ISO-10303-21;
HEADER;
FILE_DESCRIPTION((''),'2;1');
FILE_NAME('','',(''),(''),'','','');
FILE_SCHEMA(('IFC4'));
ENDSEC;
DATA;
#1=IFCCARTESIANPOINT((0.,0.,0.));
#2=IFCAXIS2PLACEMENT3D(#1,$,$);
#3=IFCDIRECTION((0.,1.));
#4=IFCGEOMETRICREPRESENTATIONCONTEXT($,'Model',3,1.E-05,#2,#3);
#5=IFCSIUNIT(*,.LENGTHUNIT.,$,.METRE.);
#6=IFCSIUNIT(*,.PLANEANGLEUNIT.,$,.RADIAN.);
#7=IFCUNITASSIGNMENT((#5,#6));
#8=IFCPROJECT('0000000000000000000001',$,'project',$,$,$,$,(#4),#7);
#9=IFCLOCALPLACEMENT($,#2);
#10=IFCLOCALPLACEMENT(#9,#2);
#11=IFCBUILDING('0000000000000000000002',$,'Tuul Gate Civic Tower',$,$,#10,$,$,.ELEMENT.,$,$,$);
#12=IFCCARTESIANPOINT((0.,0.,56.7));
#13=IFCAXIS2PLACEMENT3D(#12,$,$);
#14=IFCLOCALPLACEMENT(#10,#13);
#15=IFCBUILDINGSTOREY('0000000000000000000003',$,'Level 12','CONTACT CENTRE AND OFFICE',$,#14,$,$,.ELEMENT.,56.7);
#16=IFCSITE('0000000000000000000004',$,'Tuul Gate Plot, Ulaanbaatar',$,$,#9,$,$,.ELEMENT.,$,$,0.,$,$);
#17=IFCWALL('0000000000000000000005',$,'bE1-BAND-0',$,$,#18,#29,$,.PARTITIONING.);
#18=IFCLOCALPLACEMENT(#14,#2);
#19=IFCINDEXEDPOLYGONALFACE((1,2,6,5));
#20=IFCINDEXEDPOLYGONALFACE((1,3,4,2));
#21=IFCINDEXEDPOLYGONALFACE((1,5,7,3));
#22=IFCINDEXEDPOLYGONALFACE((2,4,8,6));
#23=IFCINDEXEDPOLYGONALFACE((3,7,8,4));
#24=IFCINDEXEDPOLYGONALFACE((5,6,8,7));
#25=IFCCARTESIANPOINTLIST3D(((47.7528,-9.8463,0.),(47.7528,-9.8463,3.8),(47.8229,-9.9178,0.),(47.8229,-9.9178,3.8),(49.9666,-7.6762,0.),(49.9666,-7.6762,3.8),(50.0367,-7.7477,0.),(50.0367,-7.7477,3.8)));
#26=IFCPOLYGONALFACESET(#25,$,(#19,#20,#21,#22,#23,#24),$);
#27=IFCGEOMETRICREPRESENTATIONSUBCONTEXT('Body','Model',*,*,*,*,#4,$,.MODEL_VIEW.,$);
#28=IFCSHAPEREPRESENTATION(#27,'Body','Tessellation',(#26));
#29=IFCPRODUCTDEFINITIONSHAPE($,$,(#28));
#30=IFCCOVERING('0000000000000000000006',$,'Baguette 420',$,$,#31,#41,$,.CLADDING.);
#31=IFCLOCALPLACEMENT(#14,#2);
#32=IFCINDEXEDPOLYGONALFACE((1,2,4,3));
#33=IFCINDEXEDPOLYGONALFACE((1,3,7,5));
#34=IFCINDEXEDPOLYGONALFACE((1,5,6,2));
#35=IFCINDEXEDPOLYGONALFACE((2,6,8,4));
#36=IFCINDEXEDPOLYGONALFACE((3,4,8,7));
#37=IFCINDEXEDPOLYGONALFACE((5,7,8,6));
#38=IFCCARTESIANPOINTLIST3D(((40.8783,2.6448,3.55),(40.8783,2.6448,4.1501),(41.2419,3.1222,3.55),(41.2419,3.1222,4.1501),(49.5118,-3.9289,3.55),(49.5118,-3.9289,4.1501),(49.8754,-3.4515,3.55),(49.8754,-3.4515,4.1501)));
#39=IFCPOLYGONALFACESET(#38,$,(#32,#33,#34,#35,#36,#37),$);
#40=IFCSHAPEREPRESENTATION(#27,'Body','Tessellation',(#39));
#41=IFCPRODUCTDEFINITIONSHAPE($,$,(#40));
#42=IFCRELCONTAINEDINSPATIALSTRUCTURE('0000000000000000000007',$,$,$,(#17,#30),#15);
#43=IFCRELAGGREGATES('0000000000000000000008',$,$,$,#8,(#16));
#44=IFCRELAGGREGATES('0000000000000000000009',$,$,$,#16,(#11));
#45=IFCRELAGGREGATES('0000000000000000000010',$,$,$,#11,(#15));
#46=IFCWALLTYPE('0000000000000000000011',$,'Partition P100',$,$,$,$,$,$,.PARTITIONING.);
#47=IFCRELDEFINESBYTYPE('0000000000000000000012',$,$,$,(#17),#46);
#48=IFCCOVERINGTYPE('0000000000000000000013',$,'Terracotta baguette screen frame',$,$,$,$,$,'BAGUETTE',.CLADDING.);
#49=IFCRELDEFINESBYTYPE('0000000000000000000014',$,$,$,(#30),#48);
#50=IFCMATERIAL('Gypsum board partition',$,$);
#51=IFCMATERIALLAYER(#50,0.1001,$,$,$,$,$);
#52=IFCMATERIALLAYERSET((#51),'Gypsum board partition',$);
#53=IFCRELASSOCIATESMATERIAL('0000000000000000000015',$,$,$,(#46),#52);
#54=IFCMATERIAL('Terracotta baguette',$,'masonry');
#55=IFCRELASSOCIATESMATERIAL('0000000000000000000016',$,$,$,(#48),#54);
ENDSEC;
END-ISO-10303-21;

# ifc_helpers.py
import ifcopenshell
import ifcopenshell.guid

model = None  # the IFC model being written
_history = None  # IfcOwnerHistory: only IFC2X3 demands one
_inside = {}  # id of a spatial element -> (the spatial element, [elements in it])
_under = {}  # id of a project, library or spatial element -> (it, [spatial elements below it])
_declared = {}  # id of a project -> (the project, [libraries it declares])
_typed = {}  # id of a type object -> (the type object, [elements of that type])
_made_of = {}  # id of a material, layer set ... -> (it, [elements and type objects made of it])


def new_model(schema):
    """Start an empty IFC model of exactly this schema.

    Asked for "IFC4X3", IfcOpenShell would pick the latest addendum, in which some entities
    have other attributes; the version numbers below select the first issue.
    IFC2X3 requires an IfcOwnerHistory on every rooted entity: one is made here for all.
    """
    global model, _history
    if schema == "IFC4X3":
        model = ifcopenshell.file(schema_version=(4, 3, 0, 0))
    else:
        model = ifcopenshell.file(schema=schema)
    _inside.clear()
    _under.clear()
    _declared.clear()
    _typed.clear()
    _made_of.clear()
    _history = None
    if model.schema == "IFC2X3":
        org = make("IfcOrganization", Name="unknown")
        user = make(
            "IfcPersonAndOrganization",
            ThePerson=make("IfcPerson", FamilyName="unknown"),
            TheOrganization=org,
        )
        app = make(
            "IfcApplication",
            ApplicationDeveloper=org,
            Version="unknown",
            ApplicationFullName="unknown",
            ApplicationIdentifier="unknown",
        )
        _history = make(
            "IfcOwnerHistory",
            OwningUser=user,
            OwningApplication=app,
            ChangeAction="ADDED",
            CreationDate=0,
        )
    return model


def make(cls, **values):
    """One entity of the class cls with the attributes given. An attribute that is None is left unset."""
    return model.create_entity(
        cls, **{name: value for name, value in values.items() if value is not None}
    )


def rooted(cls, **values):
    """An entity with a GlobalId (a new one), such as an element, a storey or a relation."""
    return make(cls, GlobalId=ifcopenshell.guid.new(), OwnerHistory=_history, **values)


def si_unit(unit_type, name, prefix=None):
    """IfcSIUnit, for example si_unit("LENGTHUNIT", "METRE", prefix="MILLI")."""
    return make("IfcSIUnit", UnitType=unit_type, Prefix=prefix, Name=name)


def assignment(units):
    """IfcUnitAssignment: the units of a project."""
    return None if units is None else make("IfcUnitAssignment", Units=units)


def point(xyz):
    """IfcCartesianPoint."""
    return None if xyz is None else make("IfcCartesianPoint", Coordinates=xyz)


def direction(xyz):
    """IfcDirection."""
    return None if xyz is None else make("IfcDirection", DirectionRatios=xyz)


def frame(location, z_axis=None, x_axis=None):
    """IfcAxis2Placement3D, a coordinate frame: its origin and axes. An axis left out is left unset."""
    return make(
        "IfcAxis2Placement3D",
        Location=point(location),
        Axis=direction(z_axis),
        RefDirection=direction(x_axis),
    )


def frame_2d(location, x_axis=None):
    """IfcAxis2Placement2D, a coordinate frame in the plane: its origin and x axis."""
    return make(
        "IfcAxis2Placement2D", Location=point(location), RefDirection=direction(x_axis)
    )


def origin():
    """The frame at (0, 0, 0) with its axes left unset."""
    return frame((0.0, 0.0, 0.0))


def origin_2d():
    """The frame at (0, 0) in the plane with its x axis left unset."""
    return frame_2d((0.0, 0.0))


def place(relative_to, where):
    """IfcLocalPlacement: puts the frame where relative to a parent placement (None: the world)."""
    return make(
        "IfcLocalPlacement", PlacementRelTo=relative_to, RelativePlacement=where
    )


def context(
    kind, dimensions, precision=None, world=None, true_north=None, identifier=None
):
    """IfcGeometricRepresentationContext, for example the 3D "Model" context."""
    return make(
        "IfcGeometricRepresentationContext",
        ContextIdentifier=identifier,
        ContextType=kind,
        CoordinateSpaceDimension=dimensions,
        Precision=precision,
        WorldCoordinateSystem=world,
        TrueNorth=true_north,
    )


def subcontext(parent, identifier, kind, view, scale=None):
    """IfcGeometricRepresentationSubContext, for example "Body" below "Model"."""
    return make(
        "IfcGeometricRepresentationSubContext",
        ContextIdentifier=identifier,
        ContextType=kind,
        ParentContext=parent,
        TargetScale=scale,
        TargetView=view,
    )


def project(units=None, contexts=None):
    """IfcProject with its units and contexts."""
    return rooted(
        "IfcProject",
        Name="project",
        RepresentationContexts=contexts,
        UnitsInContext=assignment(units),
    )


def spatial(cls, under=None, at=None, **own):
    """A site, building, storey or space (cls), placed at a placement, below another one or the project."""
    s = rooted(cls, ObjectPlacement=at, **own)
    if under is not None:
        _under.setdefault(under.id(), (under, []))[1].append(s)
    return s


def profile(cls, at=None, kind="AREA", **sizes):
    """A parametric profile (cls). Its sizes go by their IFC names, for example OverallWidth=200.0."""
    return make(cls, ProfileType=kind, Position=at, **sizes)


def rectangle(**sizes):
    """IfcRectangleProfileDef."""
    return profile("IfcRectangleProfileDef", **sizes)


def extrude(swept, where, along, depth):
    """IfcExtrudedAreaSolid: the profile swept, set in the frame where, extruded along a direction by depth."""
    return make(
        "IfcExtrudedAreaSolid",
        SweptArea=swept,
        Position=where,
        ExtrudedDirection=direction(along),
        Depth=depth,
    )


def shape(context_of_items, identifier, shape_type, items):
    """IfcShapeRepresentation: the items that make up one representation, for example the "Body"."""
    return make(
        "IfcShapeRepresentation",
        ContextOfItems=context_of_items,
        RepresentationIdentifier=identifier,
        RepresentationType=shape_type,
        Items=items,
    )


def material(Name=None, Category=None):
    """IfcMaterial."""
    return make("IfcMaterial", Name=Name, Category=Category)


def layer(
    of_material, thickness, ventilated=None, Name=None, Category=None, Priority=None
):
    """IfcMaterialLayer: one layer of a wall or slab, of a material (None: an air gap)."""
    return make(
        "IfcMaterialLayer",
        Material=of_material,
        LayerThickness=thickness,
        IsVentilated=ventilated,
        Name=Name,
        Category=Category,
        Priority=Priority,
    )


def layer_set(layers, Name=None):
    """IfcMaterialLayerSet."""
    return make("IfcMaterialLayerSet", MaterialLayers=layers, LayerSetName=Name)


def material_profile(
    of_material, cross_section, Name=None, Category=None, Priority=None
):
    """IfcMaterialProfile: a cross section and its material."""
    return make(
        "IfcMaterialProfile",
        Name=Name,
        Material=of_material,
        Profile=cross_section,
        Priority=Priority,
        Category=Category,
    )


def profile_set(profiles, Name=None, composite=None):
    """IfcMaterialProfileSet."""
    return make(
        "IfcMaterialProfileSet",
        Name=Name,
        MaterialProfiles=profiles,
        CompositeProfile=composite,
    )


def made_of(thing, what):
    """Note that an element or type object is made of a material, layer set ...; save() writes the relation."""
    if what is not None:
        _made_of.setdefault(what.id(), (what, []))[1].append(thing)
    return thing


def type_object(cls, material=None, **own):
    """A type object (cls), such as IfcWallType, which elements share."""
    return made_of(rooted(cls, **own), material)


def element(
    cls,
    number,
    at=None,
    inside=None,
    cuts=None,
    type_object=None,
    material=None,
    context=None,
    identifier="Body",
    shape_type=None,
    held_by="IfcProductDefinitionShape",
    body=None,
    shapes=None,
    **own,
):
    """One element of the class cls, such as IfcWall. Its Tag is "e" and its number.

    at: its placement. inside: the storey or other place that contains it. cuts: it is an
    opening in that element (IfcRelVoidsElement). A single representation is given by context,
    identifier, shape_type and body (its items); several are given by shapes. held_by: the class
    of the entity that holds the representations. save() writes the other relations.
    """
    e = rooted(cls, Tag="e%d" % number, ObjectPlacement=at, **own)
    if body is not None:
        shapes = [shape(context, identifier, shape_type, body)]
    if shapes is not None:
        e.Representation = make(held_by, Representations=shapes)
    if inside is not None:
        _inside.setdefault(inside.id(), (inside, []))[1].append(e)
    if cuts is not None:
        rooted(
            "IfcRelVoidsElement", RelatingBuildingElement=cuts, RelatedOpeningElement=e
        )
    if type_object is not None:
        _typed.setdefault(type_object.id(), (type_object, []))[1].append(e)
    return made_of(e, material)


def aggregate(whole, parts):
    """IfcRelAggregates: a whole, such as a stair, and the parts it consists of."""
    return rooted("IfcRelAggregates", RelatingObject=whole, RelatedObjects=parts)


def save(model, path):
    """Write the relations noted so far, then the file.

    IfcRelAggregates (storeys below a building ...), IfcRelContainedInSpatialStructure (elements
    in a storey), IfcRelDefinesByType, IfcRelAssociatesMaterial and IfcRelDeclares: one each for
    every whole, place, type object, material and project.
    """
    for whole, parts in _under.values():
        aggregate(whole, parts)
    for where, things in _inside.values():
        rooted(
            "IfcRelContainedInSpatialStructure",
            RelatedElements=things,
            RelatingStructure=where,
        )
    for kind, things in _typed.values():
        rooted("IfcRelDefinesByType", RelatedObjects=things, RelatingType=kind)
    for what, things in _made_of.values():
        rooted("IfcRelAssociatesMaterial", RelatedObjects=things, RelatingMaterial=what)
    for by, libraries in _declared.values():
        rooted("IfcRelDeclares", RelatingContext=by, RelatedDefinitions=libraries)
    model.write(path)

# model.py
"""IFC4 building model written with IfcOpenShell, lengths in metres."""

from ifc_helpers import new_model, si_unit, direction, frame, frame_2d, origin, origin_2d, place, context, subcontext, project, spatial, rectangle, extrude, material, layer, layer_set, material_profile, profile_set, type_object, element, save


model = new_model("IFC4")

# Units and contexts
model_context = context("Model", 3, precision=1e-05, world=origin(), true_north=direction((0.0, 1.0)))
body_context = subcontext(model_context, "Body", "Model", "MODEL_VIEW")
ifc_project = project(units=[si_unit("LENGTHUNIT", "METRE"), si_unit("PLANEANGLEUNIT", "RADIAN")], contexts=[model_context])

# Site, building, storey
site_placement = place(None, origin())
site = spatial("IfcSite", under=ifc_project, at=site_placement, Name="Tuul Gate Plot, Ulaanbaatar", CompositionType="ELEMENT", RefElevation=0.0)
building_placement = place(site_placement, origin())
building = spatial("IfcBuilding", under=site, at=building_placement, Name="Tuul Gate Civic Tower", CompositionType="ELEMENT")
storey_placement = place(building_placement, frame((0.0, 0.0, 56.7)))
storey = spatial("IfcBuildingStorey", under=building, at=storey_placement, Name="Level 12", Description="CONTACT CENTRE AND OFFICE", CompositionType="ELEMENT", Elevation=56.7)

# Wall
ifc_material_1 = material(Name="Gypsum board partition")
ifc_layer_1 = layer(ifc_material_1, 0.1001)
ifc_layer_set_1 = layer_set([ifc_layer_1], Name="Gypsum board partition")
wall_type_1 = type_object("IfcWallType", Name="Partition P100", PredefinedType="PARTITIONING", material=ifc_layer_set_1)
wall_1_placement = place(storey_placement, frame((47.7878, -9.8821, 0.0), z_axis=(0.0, 0.0, 1.0), x_axis=(0.71412, 0.700023, 0.0)))
element("IfcWall", 1, at=wall_1_placement, inside=storey, type_object=wall_type_1, Name="bE1-BAND-0", PredefinedType="PARTITIONING", context=body_context, shape_type="SweptSolid", body=[
    extrude(rectangle(XDim=3.1001, YDim=0.1001, at=frame_2d((1.55, 0.0))), origin(), (0.0, 0.0, 1.0), 3.8),
])

# Covering
ifc_material_2 = material(Name="Terracotta baguette", Category="masonry")
ifc_material_profile_1 = material_profile(ifc_material_2, rectangle(XDim=0.6001, YDim=0.6001, at=origin_2d()), Name="Terracotta baguette screen frame")
ifc_profile_set_1 = profile_set([ifc_material_profile_1], Name="Terracotta baguette")
covering_type = type_object("IfcCoveringType", Name="Terracotta baguette screen frame", ElementType="BAGUETTE", PredefinedType="CLADDING", material=ifc_profile_set_1)
covering_placement = place(storey_placement, frame((49.6936, -3.6902, 3.8501), z_axis=(-0.795619, 0.605798, 0.0), x_axis=(-0.605798, -0.795619, 0.0)))
element("IfcCovering", 2, at=covering_placement, inside=storey, type_object=covering_type, Name="Baguette 420", PredefinedType="CLADDING", context=body_context, shape_type="SweptSolid", body=[
    extrude(rectangle(XDim=0.6001, YDim=0.6001, at=origin_2d()), origin(), (0.0, 0.0, 1.0), 10.8513),
])

save(model, "model.ifc")
